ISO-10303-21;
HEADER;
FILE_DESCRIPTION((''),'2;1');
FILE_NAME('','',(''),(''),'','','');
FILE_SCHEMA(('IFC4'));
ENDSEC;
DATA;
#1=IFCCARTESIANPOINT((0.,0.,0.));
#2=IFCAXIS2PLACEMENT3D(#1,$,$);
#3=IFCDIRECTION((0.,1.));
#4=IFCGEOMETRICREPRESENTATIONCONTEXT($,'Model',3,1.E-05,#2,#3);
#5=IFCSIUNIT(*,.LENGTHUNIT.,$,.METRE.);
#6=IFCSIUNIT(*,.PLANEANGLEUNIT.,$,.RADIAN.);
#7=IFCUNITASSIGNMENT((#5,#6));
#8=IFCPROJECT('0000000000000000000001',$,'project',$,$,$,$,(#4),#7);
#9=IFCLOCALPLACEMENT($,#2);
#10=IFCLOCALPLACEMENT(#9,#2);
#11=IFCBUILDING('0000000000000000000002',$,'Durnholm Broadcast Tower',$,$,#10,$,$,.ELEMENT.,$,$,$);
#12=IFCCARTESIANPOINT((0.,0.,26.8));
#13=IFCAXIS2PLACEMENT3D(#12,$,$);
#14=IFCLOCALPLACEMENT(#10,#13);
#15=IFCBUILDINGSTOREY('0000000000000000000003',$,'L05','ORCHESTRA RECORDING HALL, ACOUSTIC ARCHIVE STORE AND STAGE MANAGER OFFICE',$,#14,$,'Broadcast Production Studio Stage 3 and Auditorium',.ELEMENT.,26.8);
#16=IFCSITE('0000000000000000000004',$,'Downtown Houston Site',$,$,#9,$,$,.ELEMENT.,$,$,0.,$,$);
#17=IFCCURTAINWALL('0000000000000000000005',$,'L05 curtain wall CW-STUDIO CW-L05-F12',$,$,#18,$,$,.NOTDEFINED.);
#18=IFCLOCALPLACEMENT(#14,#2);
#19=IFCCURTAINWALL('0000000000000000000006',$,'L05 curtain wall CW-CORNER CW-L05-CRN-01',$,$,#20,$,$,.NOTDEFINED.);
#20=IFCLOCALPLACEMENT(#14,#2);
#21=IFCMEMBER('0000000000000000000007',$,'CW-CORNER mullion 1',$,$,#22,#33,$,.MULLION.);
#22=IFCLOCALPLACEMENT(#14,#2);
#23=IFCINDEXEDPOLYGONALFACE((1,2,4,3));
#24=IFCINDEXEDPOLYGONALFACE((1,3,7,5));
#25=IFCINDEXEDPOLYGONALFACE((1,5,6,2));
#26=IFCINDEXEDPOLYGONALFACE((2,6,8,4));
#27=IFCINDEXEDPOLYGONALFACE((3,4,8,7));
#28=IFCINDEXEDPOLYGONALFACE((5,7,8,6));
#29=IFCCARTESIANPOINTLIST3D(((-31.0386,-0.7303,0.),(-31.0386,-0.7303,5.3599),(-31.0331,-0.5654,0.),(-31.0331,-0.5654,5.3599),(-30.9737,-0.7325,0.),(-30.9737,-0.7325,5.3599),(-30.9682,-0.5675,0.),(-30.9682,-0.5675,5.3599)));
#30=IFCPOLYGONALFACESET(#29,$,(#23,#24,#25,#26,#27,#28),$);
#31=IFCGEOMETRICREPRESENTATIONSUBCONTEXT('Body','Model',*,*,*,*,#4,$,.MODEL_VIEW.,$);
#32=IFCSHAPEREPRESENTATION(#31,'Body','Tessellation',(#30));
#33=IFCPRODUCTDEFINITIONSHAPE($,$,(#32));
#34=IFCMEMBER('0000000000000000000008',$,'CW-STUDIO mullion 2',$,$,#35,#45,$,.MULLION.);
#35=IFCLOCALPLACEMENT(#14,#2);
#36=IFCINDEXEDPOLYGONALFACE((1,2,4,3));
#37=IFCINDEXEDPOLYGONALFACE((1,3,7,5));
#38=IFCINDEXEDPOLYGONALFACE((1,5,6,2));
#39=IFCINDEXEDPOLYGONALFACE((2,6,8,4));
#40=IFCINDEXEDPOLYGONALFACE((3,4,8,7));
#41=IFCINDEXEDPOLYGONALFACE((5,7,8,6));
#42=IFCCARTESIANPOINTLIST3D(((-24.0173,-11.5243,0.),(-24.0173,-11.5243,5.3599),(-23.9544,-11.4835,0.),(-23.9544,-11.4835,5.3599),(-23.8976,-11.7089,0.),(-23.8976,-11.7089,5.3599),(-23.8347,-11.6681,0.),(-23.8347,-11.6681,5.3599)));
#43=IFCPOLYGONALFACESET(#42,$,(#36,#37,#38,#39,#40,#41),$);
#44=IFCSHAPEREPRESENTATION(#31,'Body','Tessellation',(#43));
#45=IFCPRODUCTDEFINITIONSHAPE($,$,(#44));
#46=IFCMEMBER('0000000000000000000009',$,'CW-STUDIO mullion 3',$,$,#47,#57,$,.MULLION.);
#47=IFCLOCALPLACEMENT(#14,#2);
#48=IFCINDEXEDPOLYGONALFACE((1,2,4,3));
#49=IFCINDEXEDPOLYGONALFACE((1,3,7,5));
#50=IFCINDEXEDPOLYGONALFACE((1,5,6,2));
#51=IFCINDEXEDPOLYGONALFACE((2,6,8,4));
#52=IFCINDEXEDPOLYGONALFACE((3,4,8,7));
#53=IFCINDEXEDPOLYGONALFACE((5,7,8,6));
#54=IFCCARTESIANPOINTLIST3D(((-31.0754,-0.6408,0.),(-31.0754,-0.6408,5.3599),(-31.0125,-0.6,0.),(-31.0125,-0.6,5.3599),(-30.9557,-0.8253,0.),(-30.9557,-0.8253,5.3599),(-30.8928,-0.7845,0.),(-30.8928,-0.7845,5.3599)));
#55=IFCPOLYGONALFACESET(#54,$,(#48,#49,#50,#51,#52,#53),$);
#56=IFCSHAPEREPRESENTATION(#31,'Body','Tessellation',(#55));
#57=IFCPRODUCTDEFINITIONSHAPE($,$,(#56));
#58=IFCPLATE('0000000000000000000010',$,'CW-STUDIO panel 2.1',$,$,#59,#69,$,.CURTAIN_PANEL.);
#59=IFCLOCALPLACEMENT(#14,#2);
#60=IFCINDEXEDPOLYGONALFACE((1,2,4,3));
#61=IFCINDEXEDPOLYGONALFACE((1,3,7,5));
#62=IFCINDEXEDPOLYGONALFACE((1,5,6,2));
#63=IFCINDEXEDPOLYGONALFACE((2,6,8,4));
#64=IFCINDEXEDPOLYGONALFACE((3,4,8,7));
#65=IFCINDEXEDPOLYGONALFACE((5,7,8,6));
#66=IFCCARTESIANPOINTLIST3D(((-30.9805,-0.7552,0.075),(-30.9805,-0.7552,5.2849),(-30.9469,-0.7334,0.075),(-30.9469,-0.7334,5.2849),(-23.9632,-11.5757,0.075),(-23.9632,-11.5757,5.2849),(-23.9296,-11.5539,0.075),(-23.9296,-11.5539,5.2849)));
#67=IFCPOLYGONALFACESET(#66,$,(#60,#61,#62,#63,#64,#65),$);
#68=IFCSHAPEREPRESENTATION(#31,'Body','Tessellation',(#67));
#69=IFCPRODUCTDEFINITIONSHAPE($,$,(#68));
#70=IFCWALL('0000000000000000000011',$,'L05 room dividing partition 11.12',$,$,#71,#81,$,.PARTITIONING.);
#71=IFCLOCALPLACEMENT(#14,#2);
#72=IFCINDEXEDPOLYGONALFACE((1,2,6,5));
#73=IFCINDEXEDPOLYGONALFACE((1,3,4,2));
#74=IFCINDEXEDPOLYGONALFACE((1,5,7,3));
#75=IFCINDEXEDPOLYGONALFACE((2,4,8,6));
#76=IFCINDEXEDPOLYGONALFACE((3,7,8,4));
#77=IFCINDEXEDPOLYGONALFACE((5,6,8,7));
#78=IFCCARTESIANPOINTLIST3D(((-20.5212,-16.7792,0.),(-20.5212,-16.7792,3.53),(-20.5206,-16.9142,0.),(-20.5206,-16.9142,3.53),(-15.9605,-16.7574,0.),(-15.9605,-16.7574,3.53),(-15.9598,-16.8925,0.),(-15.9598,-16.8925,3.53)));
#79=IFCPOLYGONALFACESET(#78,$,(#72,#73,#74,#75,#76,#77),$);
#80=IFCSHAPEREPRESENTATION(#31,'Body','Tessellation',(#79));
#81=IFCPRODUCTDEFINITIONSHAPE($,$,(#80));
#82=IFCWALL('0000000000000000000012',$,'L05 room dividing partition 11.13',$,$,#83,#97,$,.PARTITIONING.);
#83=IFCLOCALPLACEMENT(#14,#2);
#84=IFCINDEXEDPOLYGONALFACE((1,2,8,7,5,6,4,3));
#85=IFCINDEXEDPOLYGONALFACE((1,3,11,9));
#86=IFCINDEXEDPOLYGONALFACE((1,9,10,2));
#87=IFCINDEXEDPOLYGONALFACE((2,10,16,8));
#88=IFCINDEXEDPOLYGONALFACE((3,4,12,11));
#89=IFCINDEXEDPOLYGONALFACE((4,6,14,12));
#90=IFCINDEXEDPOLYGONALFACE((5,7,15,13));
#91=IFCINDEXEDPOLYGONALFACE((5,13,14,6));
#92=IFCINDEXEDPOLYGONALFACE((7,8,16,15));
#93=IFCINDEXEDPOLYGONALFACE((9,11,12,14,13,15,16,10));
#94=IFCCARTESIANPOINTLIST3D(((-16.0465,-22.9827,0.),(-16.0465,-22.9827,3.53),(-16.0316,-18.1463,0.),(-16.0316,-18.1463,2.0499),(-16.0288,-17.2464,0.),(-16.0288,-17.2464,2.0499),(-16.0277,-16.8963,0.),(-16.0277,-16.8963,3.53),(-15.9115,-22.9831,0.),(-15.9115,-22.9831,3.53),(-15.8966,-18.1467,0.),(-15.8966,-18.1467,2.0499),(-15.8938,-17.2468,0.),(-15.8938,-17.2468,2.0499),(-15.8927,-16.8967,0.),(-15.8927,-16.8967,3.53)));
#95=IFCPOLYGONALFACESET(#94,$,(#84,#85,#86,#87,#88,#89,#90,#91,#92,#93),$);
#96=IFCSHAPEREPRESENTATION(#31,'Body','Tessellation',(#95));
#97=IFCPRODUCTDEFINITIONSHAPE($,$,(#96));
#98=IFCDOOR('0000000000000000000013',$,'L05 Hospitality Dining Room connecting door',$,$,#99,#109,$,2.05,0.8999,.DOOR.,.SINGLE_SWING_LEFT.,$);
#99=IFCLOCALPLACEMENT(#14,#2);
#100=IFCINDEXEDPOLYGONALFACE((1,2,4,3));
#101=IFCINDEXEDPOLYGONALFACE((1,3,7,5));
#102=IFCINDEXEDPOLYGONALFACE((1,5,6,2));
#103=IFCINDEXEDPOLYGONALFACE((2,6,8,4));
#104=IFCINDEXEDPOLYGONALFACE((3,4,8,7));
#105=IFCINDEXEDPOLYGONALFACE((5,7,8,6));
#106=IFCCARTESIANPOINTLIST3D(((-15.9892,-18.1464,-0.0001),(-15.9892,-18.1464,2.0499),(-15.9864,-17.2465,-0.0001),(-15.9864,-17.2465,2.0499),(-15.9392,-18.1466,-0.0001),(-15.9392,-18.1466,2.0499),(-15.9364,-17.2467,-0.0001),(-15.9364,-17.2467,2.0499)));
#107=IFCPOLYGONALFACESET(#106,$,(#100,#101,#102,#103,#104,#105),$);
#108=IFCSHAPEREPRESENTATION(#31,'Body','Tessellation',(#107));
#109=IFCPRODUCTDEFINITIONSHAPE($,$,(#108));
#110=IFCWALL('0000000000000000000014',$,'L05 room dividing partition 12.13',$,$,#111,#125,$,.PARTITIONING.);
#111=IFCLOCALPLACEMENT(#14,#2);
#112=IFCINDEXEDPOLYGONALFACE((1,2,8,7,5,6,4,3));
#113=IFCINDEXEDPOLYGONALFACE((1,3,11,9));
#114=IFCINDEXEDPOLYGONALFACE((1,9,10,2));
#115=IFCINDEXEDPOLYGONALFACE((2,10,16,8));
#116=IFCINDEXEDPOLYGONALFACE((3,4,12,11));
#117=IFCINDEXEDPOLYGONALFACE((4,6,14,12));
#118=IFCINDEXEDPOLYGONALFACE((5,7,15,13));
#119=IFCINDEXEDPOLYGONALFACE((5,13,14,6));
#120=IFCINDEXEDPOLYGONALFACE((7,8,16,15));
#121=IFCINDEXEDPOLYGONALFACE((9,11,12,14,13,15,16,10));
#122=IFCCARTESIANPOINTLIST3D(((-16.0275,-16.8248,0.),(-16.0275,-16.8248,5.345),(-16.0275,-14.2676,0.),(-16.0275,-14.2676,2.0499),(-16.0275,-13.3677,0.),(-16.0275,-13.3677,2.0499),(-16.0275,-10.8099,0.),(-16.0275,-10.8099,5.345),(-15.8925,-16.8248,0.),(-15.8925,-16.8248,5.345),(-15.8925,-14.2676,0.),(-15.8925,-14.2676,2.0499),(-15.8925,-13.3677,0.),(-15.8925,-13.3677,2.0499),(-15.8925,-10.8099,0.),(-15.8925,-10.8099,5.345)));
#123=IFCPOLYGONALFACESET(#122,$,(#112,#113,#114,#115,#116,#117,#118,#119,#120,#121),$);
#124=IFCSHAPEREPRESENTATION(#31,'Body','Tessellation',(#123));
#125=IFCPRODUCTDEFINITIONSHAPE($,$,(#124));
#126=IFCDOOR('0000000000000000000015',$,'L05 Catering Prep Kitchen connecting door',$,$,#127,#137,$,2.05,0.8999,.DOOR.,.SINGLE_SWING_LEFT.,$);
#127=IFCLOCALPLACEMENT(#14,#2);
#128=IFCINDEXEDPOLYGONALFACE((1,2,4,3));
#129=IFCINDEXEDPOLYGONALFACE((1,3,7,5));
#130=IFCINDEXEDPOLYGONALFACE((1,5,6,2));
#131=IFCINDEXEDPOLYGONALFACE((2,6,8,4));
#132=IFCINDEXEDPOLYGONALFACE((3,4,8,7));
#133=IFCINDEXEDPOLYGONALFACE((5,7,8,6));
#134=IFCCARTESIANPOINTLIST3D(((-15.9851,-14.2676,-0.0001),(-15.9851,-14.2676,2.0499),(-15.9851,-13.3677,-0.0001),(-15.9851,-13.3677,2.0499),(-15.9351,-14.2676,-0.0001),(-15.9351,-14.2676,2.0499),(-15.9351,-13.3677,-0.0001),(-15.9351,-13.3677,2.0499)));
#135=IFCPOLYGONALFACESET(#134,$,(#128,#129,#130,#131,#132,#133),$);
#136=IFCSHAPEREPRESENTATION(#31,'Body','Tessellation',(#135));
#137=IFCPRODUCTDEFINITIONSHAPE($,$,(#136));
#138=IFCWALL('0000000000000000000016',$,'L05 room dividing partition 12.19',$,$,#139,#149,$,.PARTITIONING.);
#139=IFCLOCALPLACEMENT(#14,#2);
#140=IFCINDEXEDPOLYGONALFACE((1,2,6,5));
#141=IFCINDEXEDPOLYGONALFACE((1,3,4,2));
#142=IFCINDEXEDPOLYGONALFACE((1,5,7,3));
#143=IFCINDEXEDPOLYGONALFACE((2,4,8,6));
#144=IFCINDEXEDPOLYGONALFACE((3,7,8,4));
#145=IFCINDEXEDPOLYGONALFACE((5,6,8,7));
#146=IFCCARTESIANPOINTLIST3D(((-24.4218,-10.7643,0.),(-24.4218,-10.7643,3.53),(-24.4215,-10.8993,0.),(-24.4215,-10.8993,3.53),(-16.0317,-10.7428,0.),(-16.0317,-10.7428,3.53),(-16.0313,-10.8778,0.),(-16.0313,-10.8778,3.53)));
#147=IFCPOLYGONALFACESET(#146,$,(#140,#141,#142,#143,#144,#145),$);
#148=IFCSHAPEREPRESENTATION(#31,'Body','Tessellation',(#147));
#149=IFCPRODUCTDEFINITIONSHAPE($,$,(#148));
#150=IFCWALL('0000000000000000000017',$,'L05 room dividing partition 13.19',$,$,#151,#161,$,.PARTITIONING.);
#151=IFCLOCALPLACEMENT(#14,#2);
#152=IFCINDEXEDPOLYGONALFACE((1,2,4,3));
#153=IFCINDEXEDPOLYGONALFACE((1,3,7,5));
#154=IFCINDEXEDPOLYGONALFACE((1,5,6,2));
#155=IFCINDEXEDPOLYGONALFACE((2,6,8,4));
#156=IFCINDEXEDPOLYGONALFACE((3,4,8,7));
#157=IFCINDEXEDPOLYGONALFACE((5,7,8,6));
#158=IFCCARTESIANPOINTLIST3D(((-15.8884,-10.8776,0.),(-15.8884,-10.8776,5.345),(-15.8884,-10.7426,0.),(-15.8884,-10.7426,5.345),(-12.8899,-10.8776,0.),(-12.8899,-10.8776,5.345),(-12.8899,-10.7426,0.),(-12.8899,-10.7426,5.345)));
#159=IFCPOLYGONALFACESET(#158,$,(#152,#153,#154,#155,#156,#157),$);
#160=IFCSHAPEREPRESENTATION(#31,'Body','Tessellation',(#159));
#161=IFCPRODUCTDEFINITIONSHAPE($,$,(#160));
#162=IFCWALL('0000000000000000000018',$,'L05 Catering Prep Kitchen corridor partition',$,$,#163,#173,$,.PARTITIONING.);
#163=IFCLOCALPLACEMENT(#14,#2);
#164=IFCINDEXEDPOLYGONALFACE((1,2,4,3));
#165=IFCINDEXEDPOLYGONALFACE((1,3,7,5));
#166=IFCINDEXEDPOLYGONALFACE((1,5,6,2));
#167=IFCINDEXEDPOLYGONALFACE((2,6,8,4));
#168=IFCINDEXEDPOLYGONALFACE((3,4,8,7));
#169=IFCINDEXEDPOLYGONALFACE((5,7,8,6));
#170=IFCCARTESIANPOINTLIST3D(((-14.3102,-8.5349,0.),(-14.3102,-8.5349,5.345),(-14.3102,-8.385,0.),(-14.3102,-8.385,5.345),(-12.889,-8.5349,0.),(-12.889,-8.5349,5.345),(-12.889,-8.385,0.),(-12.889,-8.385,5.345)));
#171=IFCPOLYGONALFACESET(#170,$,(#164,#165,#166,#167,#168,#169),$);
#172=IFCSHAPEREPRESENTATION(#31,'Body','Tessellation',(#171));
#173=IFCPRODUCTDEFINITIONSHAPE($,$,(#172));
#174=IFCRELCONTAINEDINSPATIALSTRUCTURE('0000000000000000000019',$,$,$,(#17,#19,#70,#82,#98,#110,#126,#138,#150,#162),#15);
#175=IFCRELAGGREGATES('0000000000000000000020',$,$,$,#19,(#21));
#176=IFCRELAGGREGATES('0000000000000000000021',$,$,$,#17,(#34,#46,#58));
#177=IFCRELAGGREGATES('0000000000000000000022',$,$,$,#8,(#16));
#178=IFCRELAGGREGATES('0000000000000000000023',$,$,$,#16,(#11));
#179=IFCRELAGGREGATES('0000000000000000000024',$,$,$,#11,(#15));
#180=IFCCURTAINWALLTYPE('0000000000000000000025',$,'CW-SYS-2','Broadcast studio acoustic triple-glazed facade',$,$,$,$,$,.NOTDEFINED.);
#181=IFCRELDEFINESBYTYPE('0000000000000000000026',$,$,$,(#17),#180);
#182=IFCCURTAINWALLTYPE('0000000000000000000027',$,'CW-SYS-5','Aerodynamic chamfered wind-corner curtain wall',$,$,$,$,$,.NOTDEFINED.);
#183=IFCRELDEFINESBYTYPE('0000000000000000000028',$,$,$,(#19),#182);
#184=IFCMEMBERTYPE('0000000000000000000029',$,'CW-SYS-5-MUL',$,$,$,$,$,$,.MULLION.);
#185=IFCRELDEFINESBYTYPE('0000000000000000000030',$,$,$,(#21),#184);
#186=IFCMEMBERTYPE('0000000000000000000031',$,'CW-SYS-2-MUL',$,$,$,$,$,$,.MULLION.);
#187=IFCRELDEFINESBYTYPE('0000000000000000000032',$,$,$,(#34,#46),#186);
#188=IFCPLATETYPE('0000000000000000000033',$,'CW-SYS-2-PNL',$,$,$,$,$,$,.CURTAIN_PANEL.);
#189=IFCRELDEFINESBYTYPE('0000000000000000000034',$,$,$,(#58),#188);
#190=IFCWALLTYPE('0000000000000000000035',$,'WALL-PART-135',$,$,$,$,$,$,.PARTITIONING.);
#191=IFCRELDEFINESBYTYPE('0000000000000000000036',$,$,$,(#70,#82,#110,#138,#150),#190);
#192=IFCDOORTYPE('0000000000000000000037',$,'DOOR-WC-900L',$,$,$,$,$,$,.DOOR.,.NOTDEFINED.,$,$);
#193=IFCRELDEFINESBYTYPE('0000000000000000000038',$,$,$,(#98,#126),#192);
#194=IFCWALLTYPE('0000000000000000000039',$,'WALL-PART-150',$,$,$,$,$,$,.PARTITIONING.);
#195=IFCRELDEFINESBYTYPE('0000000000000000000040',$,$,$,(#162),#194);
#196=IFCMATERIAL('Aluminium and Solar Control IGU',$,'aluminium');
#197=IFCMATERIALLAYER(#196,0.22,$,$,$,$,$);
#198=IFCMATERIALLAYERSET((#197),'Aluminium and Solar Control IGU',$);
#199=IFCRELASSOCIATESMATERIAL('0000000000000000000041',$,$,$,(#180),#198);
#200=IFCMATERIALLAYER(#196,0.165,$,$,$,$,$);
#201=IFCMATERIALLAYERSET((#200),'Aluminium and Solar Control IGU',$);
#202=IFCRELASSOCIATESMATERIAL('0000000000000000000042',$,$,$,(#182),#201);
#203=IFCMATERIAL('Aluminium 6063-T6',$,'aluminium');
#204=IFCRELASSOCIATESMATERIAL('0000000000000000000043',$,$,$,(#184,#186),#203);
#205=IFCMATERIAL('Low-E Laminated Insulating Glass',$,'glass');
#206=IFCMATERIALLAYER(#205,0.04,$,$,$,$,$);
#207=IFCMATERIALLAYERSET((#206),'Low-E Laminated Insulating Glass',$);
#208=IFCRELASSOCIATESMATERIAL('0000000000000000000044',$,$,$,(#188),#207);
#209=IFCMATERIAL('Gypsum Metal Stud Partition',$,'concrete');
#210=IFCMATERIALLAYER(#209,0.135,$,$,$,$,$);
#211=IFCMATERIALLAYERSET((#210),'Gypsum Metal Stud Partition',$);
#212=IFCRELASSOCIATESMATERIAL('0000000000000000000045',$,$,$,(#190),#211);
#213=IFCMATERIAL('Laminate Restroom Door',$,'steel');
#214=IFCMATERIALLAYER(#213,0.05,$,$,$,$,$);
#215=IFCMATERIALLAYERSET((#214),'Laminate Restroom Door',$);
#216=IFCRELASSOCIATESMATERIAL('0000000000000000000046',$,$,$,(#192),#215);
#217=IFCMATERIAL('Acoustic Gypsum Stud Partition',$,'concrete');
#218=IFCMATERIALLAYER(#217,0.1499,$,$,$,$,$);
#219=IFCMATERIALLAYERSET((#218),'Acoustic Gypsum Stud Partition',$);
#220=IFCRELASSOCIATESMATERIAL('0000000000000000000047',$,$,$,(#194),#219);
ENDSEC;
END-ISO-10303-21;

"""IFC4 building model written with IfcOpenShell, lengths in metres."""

from ifc_helpers import new_model, si_unit, direction, frame, frame_2d, origin, origin_2d, place, context, subcontext, project, spatial, rectangle, extrude, source, transform, mapped, material, layer, layer_set, material_profile, profile_set, type_object, type_shapes, element, fill, aggregate, save


model = new_model("IFC4")

# Units and contexts
model_context = context("Model", 3, precision=1e-05, world=origin(), true_north=direction((0.0, 1.0)))
body_context = subcontext(model_context, "Body", "Model", "MODEL_VIEW")
ifc_project = project(units=[si_unit("LENGTHUNIT", "METRE"), si_unit("PLANEANGLEUNIT", "RADIAN")], contexts=[model_context])

# Site, building, storey
site_placement = place(None, origin())
site = spatial("IfcSite", under=ifc_project, at=site_placement, Name="Downtown Houston Site", CompositionType="ELEMENT", RefElevation=0.0)
building_placement = place(site_placement, origin())
building = spatial("IfcBuilding", under=site, at=building_placement, Name="Durnholm Broadcast Tower", CompositionType="ELEMENT")
storey_placement = place(building_placement, frame((0.0, 0.0, 26.8)))
storey = spatial("IfcBuildingStorey", under=building, at=storey_placement, Name="L05", Description="ORCHESTRA RECORDING HALL, ACOUSTIC ARCHIVE STORE AND STAGE MANAGER OFFICE", LongName="Broadcast Production Studio Stage 3 and Auditorium", CompositionType="ELEMENT", Elevation=26.8)

# Curtain wall
ifc_material_1 = material(Name="Aluminium and Solar Control IGU", Category="aluminium")
ifc_layer_1 = layer(ifc_material_1, 0.22)
ifc_layer_set_1 = layer_set([ifc_layer_1], Name="Aluminium and Solar Control IGU")
curtain_wall_type_1 = type_object("IfcCurtainWallType", Name="CW-SYS-2", Description="Broadcast studio acoustic triple-glazed facade", PredefinedType="NOTDEFINED", material=ifc_layer_set_1)
curtain_wall_1_placement = place(storey_placement, origin())
curtain_wall_1 = element("IfcCurtainWall", 1, at=curtain_wall_1_placement, inside=storey, type_object=curtain_wall_type_1, Name="L05 curtain wall CW-STUDIO CW-L05-F12", PredefinedType="NOTDEFINED")
ifc_material_2 = material(Name="Aluminium 6063-T6", Category="aluminium")

# Curtain wall, member
ifc_layer_2 = layer(ifc_material_1, 0.165)
ifc_layer_set_2 = layer_set([ifc_layer_2], Name="Aluminium and Solar Control IGU")
curtain_wall_type_2 = type_object("IfcCurtainWallType", Name="CW-SYS-5", Description="Aerodynamic chamfered wind-corner curtain wall", PredefinedType="NOTDEFINED", material=ifc_layer_set_2)
curtain_wall_2_placement = place(storey_placement, origin())
curtain_wall_2 = element("IfcCurtainWall", 2, at=curtain_wall_2_placement, inside=storey, type_object=curtain_wall_type_2, Name="L05 curtain wall CW-CORNER CW-L05-CRN-01", PredefinedType="NOTDEFINED")
ifc_material_profile_1 = material_profile(ifc_material_2, rectangle(XDim=0.0649, YDim=0.165, at=origin_2d()), Name="CWM65X165")
ifc_profile_set_1 = profile_set([ifc_material_profile_1], Name="Aluminium 6063-T6")
member_type_1 = type_object("IfcMemberType", Name="CW-SYS-5-MUL", PredefinedType="MULLION", material=ifc_profile_set_1)
shared_shape_1 = source(origin(), body_context, "Body", "SweptSolid", [
    extrude(rectangle(XDim=0.0649, YDim=0.165, at=origin_2d()), origin(), (0.0, 0.0, 1.0), 5.3599),
])
type_shapes(member_type_1, [shared_shape_1])
member_1_placement = place(storey_placement, frame((-31.0034, -0.6489, 0.0), z_axis=(0.0, 0.0, 1.0), x_axis=(-0.999437, 0.033557, 0.0)))
member_1 = element("IfcMember", 3, at=member_1_placement, type_object=member_type_1, Name="CW-CORNER mullion 1", PredefinedType="MULLION", context=body_context, shape_type="MappedRepresentation", body=[
    mapped(shared_shape_1, transform((0.0, 0.0, 0.0), x_axis=(1.0, 0.0, 0.0), y_axis=(0.0, 1.0, 0.0), z_axis=(0.0, 0.0, 1.0), scale=1.0)),
])
aggregate(curtain_wall_2, [member_1])

# Members
ifc_material_profile_2 = material_profile(ifc_material_2, rectangle(XDim=0.075, YDim=0.22, at=origin_2d()), Name="CWM75X220")
ifc_profile_set_2 = profile_set([ifc_material_profile_2], Name="Aluminium 6063-T6")
member_type_2 = type_object("IfcMemberType", Name="CW-SYS-2-MUL", PredefinedType="MULLION", material=ifc_profile_set_2)
shared_shape_2 = source(origin(), body_context, "Body", "SweptSolid", [
    extrude(rectangle(XDim=0.075, YDim=0.22, at=origin_2d()), origin(), (0.0, 0.0, 1.0), 5.3599),
])
type_shapes(member_type_2, [shared_shape_2])
member_2_placement = place(storey_placement, frame((-23.926, -11.5962, 0.0), z_axis=(0.0, 0.0, 1.0), x_axis=(-0.839009, -0.544117, 0.0)))
member_2 = element("IfcMember", 4, at=member_2_placement, type_object=member_type_2, Name="CW-STUDIO mullion 2", PredefinedType="MULLION", context=body_context, shape_type="MappedRepresentation", body=[
    mapped(shared_shape_2, transform((0.0, 0.0, 0.0), x_axis=(1.0, 0.0, 0.0), y_axis=(0.0, 1.0, 0.0), z_axis=(0.0, 0.0, 1.0), scale=1.0)),
])
member_3_placement = place(storey_placement, frame((-30.9841, -0.7126, 0.0), z_axis=(0.0, 0.0, 1.0), x_axis=(-0.839009, -0.544117, 0.0)))
member_3 = element("IfcMember", 5, at=member_3_placement, type_object=member_type_2, Name="CW-STUDIO mullion 3", PredefinedType="MULLION", context=body_context, shape_type="MappedRepresentation", body=[
    mapped(shared_shape_2, transform((0.0, 0.0, 0.0), x_axis=(1.0, 0.0, 0.0), y_axis=(0.0, 1.0, 0.0), z_axis=(0.0, 0.0, 1.0), scale=1.0)),
])

# Plate
ifc_material_3 = material(Name="Low-E Laminated Insulating Glass", Category="glass")
ifc_layer_3 = layer(ifc_material_3, 0.04)
ifc_layer_set_3 = layer_set([ifc_layer_3], Name="Low-E Laminated Insulating Glass")
plate_type = type_object("IfcPlateType", Name="CW-SYS-2-PNL", PredefinedType="CURTAIN_PANEL", material=ifc_layer_set_3)
shared_shape_3 = source(origin(), body_context, "Body", "SweptSolid", [
    extrude(rectangle(XDim=12.8967, YDim=0.04, at=origin_2d()), origin(), (0.0, 0.0, 1.0), 5.21),
])
type_shapes(plate_type, [shared_shape_3])
plate_placement = place(storey_placement, frame((-27.4551, -6.1545, 0.075), z_axis=(0.0, 0.0, 1.0), x_axis=(-0.544117, 0.839009, 0.0)))
plate = element("IfcPlate", 6, at=plate_placement, type_object=plate_type, Name="CW-STUDIO panel 2.1", PredefinedType="CURTAIN_PANEL", context=body_context, shape_type="MappedRepresentation", body=[
    mapped(shared_shape_3, transform((0.0, 0.0, 0.0), x_axis=(1.0, 0.0, 0.0), y_axis=(0.0, 1.0, 0.0), z_axis=(0.0, 0.0, 1.0), scale=1.0)),
])
aggregate(curtain_wall_1, [member_2, member_3, plate])

# Wall
ifc_material_4 = material(Name="Gypsum Metal Stud Partition", Category="concrete")
ifc_layer_4 = layer(ifc_material_4, 0.135)
ifc_layer_set_4 = layer_set([ifc_layer_4], Name="Gypsum Metal Stud Partition")
wall_type_1 = type_object("IfcWallType", Name="WALL-PART-135", PredefinedType="PARTITIONING", material=ifc_layer_set_4)
wall_1_placement = place(storey_placement, frame((-20.5208, -16.8467, 0.0), z_axis=(0.0, 0.0, 1.0), x_axis=(0.999989, 0.004764, 0.0)))
element("IfcWall", 7, at=wall_1_placement, inside=storey, type_object=wall_type_1, Name="L05 room dividing partition 11.12", PredefinedType="PARTITIONING", context=body_context, shape_type="SweptSolid", body=[
    extrude(rectangle(XDim=4.5608, YDim=0.135, at=frame_2d((2.2803, 0.0))), origin(), (0.0, 0.0, 1.0), 3.53),
])

# Walls, openings, doors
wall_2_placement = place(storey_placement, frame((-15.9602, -16.8965, 0.0), z_axis=(0.0, 0.0, 1.0), x_axis=(-0.003089, -0.999995, 0.0)))
wall_2 = element("IfcWall", 8, at=wall_2_placement, inside=storey, type_object=wall_type_1, Name="L05 room dividing partition 11.13", PredefinedType="PARTITIONING", context=body_context, shape_type="SweptSolid", body=[
    extrude(rectangle(XDim=6.0864, YDim=0.135, at=frame_2d((3.0432, 0.0))), origin(), (0.0, 0.0, 1.0), 3.53),
])
opening_1_placement = place(wall_2_placement, frame((0.3501, 0.0, 0.0)))
opening_1 = element("IfcOpeningElement", 9, at=opening_1_placement, cuts=wall_2, PredefinedType="OPENING", context=body_context, shape_type="SweptSolid", body=[
    extrude(rectangle(XDim=0.8999, YDim=2.05, at=frame_2d((0.45, 1.0249))), frame((0.0, 0.0776, 0.0), z_axis=(0.0, -1.0, 0.0), x_axis=(1.0, 0.0, 0.0)), (0.0, 0.0, 1.0), 0.155),
])
ifc_material_5 = material(Name="Laminate Restroom Door", Category="steel")
ifc_layer_5 = layer(ifc_material_5, 0.05)
ifc_layer_set_5 = layer_set([ifc_layer_5], Name="Laminate Restroom Door")
door_type_1 = type_object("IfcDoorType", Name="DOOR-WC-900L", OperationType="NOTDEFINED", PredefinedType="DOOR", material=ifc_layer_set_5)
shared_shape_4 = source(origin(), body_context, "Body", "SweptSolid", [
    extrude(rectangle(XDim=0.8999, YDim=2.05, at=frame_2d((0.45, 1.0249))), frame((0.0, 0.0249, 0.0), z_axis=(0.0, -1.0, 0.0), x_axis=(1.0, 0.0, 0.0)), (0.0, 0.0, 1.0), 0.05),
])
type_shapes(door_type_1, [shared_shape_4])
door_1_placement = place(opening_1_placement, origin())
door_1 = element("IfcDoor", 10, at=door_1_placement, inside=storey, type_object=door_type_1, Name="L05 Hospitality Dining Room connecting door", OperationType="SINGLE_SWING_LEFT", OverallHeight=2.05, OverallWidth=0.8999, PredefinedType="DOOR", context=body_context, shape_type="MappedRepresentation", body=[
    mapped(shared_shape_4, transform((0.0, 0.0, 0.0), x_axis=(1.0, 0.0, 0.0), y_axis=(0.0, 1.0, 0.0), z_axis=(0.0, 0.0, 1.0), scale=1.0)),
])
fill(opening_1, door_1)
wall_3_placement = place(storey_placement, frame((-15.96, -10.8101, 0.0), z_axis=(0.0, 0.0, 1.0), x_axis=(0.0, -1.0, 0.0)))
wall_3 = element("IfcWall", 11, at=wall_3_placement, inside=storey, type_object=wall_type_1, Name="L05 room dividing partition 12.13", PredefinedType="PARTITIONING", context=body_context, shape_type="SweptSolid", body=[
    extrude(rectangle(XDim=6.0149, YDim=0.135, at=frame_2d((3.0073, 0.0))), origin(), (0.0, 0.0, 1.0), 5.345),
])
opening_2_placement = place(wall_3_placement, frame((2.5576, 0.0, 0.0)))
opening_2 = element("IfcOpeningElement", 12, at=opening_2_placement, cuts=wall_3, PredefinedType="OPENING", context=body_context, shape_type="SweptSolid", body=[
    extrude(rectangle(XDim=0.8999, YDim=2.05, at=frame_2d((0.45, 1.0249))), frame((0.0, 0.0776, 0.0), z_axis=(0.0, -1.0, 0.0), x_axis=(1.0, 0.0, 0.0)), (0.0, 0.0, 1.0), 0.155),
])
door_2_placement = place(opening_2_placement, origin())
door_2 = element("IfcDoor", 13, at=door_2_placement, inside=storey, type_object=door_type_1, Name="L05 Catering Prep Kitchen connecting door", OperationType="SINGLE_SWING_LEFT", OverallHeight=2.05, OverallWidth=0.8999, PredefinedType="DOOR", context=body_context, shape_type="MappedRepresentation", body=[
    mapped(shared_shape_4, transform((0.0, 0.0, 0.0), x_axis=(1.0, 0.0, 0.0), y_axis=(0.0, 1.0, 0.0), z_axis=(0.0, 0.0, 1.0), scale=1.0)),
])
fill(opening_2, door_2)

# Walls
wall_4_placement = place(storey_placement, frame((-24.4216, -10.8318, 0.0), z_axis=(0.0, 0.0, 1.0), x_axis=(0.999997, 0.002561, 0.0)))
element("IfcWall", 14, at=wall_4_placement, inside=storey, type_object=wall_type_1, Name="L05 room dividing partition 12.19", PredefinedType="PARTITIONING", context=body_context, shape_type="SweptSolid", body=[
    extrude(rectangle(XDim=8.3901, YDim=0.135, at=frame_2d((4.1951, 0.0))), origin(), (0.0, 0.0, 1.0), 3.53),
])
wall_5_placement = place(storey_placement, frame((-15.8884, -10.8101, 0.0), z_axis=(0.0, 0.0, 1.0), x_axis=(1.0, 0.0, 0.0)))
element("IfcWall", 15, at=wall_5_placement, inside=storey, type_object=wall_type_1, Name="L05 room dividing partition 13.19", PredefinedType="PARTITIONING", context=body_context, shape_type="SweptSolid", body=[
    extrude(rectangle(XDim=2.9985, YDim=0.135, at=frame_2d((1.4993, 0.0))), origin(), (0.0, 0.0, 1.0), 5.345),
])
ifc_material_6 = material(Name="Acoustic Gypsum Stud Partition", Category="concrete")
ifc_layer_6 = layer(ifc_material_6, 0.1499)
ifc_layer_set_6 = layer_set([ifc_layer_6], Name="Acoustic Gypsum Stud Partition")
wall_type_2 = type_object("IfcWallType", Name="WALL-PART-150", PredefinedType="PARTITIONING", material=ifc_layer_set_6)
wall_6_placement = place(storey_placement, frame((-14.3101, -8.46, 0.0), z_axis=(0.0, 0.0, 1.0), x_axis=(1.0, 0.0, 0.0)))
element("IfcWall", 16, at=wall_6_placement, inside=storey, type_object=wall_type_2, Name="L05 Catering Prep Kitchen corridor partition", PredefinedType="PARTITIONING", context=body_context, shape_type="SweptSolid", body=[
    extrude(rectangle(XDim=1.4211, YDim=0.1499, at=frame_2d((0.7104, 0.0))), origin(), (0.0, 0.0, 1.0), 5.345),
])

save(model, "model.ifc")
